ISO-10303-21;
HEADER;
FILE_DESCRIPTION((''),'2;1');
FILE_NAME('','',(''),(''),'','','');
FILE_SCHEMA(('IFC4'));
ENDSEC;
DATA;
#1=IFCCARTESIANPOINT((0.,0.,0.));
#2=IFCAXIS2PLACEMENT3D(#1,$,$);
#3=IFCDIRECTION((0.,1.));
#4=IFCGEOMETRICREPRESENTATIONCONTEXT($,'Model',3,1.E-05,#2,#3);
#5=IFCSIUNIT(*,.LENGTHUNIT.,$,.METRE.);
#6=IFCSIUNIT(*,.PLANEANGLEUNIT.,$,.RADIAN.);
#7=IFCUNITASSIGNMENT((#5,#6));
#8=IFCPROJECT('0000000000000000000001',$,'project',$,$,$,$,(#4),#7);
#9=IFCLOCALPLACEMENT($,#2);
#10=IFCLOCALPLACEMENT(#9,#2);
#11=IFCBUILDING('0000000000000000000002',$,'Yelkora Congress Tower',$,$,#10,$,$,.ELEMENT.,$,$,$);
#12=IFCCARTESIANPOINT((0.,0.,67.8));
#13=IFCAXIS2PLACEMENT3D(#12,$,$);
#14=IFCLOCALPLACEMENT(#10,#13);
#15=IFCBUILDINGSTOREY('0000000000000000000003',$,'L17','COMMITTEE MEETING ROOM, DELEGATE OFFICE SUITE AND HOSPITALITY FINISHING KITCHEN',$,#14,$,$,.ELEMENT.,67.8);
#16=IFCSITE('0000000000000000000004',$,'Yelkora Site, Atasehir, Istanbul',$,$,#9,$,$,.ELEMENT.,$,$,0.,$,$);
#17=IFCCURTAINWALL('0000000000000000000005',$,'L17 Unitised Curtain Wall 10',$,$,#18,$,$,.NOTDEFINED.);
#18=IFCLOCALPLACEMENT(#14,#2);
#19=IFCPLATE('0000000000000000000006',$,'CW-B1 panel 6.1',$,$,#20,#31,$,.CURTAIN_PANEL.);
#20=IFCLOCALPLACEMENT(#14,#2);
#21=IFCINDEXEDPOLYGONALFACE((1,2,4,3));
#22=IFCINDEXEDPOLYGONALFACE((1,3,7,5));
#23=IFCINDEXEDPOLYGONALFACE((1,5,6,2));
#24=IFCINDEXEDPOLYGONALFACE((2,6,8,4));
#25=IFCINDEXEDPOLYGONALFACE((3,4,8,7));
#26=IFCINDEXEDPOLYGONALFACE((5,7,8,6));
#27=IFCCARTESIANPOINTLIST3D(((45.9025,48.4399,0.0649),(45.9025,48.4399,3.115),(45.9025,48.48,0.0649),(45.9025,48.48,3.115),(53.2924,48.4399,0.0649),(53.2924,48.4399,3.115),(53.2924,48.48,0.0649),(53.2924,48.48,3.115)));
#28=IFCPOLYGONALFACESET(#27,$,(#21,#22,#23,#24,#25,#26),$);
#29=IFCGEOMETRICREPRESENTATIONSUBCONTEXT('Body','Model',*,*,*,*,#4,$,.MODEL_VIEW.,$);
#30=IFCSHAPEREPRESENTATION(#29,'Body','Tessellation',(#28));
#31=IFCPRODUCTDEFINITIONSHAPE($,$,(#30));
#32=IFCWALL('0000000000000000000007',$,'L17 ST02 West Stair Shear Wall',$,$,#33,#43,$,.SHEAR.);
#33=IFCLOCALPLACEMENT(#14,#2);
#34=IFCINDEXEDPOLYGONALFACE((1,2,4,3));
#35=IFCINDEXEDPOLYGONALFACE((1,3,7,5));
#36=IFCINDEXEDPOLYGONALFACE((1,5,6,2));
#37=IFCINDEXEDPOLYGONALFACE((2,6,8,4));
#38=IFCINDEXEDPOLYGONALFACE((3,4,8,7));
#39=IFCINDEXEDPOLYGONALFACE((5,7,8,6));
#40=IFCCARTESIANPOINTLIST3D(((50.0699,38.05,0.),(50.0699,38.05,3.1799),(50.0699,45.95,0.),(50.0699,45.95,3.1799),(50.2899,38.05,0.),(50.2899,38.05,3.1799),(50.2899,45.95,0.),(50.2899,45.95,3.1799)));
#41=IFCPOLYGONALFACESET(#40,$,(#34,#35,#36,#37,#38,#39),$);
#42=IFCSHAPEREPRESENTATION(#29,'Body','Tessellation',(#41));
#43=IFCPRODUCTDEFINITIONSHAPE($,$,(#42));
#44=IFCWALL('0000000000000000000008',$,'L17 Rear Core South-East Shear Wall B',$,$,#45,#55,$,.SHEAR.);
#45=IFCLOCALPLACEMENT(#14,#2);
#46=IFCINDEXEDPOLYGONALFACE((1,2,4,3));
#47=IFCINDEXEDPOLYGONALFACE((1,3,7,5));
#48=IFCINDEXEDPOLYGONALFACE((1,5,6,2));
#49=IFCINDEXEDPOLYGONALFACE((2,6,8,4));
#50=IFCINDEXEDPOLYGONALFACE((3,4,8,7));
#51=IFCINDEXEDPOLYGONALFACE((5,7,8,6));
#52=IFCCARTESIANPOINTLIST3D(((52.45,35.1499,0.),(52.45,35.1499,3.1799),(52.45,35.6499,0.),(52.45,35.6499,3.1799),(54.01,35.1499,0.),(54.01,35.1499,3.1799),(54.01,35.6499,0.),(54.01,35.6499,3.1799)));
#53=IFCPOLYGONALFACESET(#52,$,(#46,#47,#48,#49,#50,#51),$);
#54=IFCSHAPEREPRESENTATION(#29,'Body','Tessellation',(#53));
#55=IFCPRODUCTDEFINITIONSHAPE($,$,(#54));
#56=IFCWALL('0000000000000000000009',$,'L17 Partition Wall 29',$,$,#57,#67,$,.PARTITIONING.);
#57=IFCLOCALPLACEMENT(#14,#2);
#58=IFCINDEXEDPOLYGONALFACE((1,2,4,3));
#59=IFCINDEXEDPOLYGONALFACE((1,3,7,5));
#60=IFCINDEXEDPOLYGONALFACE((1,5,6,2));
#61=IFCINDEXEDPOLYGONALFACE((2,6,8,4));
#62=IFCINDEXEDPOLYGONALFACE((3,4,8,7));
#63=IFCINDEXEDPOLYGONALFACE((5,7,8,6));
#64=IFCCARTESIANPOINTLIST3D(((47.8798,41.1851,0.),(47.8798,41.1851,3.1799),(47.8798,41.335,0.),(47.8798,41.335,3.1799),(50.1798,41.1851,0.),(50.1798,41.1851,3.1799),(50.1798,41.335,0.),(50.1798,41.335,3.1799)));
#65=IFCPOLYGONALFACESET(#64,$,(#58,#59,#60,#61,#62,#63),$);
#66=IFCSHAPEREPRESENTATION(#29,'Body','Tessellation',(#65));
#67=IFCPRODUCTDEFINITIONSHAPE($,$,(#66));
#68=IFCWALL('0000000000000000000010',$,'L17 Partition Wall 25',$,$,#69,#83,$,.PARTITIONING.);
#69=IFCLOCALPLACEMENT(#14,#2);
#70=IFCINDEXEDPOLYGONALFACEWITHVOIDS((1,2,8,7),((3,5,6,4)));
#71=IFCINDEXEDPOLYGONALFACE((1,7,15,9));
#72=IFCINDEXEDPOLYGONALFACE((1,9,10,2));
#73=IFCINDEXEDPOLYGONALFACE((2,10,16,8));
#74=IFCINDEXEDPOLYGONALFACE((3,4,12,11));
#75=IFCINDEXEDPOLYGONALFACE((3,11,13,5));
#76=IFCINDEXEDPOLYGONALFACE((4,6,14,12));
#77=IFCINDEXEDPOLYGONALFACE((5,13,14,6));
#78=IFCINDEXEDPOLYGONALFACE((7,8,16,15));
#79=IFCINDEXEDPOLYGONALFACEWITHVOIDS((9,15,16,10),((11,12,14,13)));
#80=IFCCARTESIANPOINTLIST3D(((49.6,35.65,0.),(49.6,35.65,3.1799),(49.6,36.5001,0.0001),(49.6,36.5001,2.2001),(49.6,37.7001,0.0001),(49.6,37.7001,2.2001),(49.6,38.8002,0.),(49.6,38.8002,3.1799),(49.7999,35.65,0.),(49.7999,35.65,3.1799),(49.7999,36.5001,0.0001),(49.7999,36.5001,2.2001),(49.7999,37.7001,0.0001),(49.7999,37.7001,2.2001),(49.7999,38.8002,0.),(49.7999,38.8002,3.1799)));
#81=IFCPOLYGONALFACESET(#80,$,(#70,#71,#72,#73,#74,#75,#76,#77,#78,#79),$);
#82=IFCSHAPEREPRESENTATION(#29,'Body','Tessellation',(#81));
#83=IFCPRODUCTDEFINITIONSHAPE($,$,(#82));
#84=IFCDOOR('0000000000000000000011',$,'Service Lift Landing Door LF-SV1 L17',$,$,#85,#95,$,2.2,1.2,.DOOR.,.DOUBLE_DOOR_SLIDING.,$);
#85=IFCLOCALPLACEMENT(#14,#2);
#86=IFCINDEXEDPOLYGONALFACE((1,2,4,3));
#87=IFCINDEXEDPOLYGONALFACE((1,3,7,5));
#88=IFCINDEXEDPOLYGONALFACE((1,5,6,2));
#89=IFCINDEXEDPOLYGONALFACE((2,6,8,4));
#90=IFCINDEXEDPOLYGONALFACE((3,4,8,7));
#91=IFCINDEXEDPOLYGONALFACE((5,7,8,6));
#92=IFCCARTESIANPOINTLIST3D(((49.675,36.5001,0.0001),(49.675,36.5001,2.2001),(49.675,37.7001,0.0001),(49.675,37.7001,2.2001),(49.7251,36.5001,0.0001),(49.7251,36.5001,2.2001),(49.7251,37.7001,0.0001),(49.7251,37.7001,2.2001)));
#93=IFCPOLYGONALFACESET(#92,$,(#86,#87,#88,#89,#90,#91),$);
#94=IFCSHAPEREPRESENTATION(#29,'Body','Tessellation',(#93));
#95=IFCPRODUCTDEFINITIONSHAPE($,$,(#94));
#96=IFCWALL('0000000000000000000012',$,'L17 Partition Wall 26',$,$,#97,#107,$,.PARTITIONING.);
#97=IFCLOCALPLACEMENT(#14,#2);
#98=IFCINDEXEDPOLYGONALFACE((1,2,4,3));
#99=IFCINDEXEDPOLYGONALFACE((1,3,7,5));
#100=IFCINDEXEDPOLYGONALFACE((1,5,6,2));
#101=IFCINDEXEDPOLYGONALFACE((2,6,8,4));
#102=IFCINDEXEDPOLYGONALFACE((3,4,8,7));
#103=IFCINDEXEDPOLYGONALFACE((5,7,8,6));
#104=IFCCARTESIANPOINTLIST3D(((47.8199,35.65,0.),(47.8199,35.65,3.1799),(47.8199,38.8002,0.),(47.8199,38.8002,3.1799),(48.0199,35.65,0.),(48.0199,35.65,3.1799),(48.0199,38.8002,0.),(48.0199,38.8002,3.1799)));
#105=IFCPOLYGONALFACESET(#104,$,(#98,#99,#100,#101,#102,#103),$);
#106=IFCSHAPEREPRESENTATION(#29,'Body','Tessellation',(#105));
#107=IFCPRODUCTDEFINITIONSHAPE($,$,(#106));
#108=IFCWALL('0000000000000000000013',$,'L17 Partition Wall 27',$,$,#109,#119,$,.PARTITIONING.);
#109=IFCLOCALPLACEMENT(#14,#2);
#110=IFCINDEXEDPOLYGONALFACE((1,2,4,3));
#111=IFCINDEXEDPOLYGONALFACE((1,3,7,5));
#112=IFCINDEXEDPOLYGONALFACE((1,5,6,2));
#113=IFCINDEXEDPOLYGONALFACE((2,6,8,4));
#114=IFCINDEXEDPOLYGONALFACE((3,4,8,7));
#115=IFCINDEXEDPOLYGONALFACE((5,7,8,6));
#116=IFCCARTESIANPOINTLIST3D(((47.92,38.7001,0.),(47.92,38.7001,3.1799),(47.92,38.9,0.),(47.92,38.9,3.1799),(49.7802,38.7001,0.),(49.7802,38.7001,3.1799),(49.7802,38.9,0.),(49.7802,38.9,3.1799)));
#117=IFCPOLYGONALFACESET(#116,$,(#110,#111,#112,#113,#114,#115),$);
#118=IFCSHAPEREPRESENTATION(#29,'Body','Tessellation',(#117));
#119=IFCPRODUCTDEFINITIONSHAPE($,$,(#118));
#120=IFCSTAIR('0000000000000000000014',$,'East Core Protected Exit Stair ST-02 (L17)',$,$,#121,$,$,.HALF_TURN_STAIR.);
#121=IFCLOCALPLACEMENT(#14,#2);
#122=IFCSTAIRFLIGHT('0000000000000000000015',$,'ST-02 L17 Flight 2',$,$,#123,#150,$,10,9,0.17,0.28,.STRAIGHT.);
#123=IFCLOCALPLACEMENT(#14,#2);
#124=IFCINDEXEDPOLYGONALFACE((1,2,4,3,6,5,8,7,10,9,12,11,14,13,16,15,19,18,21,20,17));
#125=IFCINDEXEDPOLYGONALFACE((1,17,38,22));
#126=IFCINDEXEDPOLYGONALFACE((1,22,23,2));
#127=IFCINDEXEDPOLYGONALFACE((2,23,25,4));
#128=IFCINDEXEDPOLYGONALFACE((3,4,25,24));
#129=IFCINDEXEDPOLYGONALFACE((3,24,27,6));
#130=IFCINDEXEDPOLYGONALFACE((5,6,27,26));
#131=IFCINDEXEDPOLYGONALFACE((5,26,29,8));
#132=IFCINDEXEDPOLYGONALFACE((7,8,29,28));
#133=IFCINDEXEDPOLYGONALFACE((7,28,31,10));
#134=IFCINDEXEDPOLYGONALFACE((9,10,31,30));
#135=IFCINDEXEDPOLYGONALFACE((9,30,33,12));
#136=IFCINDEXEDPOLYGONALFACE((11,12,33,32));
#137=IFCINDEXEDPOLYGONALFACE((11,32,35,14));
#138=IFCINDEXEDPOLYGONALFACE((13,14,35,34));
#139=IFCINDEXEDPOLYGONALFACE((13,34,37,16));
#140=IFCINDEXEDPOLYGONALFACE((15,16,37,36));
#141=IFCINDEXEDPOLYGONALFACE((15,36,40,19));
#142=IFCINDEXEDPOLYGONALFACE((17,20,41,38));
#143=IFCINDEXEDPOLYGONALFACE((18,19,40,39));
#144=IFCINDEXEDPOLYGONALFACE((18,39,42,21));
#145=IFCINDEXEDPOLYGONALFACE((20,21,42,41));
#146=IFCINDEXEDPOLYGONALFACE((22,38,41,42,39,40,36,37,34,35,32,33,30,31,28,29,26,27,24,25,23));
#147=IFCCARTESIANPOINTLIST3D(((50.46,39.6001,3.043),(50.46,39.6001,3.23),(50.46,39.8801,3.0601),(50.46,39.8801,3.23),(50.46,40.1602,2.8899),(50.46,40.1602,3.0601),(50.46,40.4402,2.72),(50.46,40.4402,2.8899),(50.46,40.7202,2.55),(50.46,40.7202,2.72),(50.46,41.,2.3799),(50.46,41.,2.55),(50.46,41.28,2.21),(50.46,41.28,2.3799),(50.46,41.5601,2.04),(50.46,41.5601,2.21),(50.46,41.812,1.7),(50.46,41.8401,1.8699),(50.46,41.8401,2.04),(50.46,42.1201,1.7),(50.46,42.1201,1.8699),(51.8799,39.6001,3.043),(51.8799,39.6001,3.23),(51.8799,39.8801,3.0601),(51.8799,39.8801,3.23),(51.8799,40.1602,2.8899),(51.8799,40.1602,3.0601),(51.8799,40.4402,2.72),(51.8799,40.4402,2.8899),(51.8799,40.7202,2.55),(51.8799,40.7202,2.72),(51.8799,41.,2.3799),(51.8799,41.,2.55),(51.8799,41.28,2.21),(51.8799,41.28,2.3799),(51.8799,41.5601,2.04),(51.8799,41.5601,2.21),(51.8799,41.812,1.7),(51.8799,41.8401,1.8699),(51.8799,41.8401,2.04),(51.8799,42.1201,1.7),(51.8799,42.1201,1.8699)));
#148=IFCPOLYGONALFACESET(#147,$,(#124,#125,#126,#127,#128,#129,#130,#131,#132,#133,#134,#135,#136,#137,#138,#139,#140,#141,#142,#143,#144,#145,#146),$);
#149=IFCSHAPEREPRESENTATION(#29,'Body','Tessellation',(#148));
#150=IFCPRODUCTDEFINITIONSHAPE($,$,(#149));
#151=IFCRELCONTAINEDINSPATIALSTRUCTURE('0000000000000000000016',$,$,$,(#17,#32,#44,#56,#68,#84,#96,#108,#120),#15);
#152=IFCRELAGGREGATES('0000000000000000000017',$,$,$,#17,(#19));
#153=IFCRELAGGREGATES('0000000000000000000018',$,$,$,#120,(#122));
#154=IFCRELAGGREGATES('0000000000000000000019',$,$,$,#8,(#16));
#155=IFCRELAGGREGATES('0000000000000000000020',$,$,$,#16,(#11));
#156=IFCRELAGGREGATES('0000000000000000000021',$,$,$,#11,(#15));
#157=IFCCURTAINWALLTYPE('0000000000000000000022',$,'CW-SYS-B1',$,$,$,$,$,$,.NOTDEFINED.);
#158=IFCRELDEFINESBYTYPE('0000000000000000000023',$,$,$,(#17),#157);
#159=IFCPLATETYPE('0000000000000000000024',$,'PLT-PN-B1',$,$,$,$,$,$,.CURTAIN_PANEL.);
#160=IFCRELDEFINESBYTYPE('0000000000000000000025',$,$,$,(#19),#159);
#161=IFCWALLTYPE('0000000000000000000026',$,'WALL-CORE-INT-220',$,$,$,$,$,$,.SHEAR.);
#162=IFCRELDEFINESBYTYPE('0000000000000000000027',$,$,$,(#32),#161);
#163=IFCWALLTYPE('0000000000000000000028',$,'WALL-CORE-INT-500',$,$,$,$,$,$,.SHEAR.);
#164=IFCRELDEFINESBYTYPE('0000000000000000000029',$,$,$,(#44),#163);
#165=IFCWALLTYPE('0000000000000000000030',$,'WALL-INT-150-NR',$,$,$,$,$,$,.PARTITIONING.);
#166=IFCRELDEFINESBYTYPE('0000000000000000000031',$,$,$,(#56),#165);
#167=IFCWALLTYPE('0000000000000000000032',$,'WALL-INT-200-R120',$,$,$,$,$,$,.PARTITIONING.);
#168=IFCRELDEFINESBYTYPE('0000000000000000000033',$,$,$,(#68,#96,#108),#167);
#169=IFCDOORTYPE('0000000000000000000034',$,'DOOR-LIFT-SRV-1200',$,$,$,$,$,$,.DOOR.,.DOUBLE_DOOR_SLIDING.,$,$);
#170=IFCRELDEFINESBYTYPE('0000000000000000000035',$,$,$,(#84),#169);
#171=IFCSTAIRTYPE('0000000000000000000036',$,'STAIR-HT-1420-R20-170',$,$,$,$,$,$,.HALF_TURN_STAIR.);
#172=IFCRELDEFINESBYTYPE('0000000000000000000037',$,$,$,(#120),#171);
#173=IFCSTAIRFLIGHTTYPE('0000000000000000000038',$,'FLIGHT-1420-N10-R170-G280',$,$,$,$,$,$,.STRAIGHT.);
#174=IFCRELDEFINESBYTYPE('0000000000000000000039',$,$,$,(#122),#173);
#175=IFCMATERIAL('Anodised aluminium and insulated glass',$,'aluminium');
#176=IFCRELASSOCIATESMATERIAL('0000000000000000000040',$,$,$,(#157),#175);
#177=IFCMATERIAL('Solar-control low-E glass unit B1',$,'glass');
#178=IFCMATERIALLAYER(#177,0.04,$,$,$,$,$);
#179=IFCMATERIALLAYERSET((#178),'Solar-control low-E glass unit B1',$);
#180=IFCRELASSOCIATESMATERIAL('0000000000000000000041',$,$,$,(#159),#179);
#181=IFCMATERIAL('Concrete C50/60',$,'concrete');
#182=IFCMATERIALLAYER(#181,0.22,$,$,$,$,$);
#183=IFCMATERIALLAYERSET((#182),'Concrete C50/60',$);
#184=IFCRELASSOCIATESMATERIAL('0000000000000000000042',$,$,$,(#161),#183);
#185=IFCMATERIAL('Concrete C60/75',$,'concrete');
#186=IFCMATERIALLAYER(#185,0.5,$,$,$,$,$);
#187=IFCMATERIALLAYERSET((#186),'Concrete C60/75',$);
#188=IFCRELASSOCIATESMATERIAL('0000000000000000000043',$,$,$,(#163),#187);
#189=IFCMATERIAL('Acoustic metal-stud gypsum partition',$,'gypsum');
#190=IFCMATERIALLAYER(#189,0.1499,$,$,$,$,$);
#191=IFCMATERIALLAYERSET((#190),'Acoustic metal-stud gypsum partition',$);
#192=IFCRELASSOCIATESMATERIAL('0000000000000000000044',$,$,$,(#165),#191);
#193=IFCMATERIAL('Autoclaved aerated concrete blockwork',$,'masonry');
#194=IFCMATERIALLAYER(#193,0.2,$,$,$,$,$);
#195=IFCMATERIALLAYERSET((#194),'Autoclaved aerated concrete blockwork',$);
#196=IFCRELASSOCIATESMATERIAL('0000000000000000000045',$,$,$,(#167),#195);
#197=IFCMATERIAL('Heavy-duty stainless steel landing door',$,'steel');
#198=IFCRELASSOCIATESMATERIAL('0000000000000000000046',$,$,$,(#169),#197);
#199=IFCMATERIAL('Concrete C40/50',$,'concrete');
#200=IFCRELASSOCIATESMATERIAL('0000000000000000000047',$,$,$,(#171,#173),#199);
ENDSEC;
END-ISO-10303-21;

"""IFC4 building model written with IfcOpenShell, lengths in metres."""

from ifc_helpers import new_model, si_unit, direction, frame, frame_2d, origin, origin_2d, place, context, subcontext, project, spatial, polyline, rectangle, outline, extrude, material, layer, layer_set, type_object, element, fill, aggregate, save


model = new_model("IFC4")

# Units and contexts
model_context = context("Model", 3, precision=1e-05, world=origin(), true_north=direction((0.0, 1.0)))
body_context = subcontext(model_context, "Body", "Model", "MODEL_VIEW")
ifc_project = project(units=[si_unit("LENGTHUNIT", "METRE"), si_unit("PLANEANGLEUNIT", "RADIAN")], contexts=[model_context])

# Site, building, storey
site_placement = place(None, origin())
site = spatial("IfcSite", under=ifc_project, at=site_placement, Name="Yelkora Site, Atasehir, Istanbul", CompositionType="ELEMENT", RefElevation=0.0)
building_placement = place(site_placement, origin())
building = spatial("IfcBuilding", under=site, at=building_placement, Name="Yelkora Congress Tower", CompositionType="ELEMENT")
storey_placement = place(building_placement, frame((0.0, 0.0, 67.8)))
storey = spatial("IfcBuildingStorey", under=building, at=storey_placement, Name="L17", Description="COMMITTEE MEETING ROOM, DELEGATE OFFICE SUITE AND HOSPITALITY FINISHING KITCHEN", CompositionType="ELEMENT", Elevation=67.8)

# Curtain wall, plate
ifc_material_1 = material(Name="Anodised aluminium and insulated glass", Category="aluminium")
curtain_wall_type = type_object("IfcCurtainWallType", Name="CW-SYS-B1", PredefinedType="NOTDEFINED", material=ifc_material_1)
curtain_wall_placement = place(storey_placement, origin())
curtain_wall = element("IfcCurtainWall", 1, at=curtain_wall_placement, inside=storey, type_object=curtain_wall_type, Name="L17 Unitised Curtain Wall 10", PredefinedType="NOTDEFINED")
ifc_material_2 = material(Name="Solar-control low-E glass unit B1", Category="glass")
ifc_layer_1 = layer(ifc_material_2, 0.04)
ifc_layer_set_1 = layer_set([ifc_layer_1], Name="Solar-control low-E glass unit B1")
plate_type = type_object("IfcPlateType", Name="PLT-PN-B1", PredefinedType="CURTAIN_PANEL", material=ifc_layer_set_1)
plate_placement = place(storey_placement, frame((49.5974, 48.46, 0.0649), z_axis=(0.0, 0.0, 1.0), x_axis=(1.0, 0.0, 0.0)))
plate = element("IfcPlate", 2, at=plate_placement, type_object=plate_type, Name="CW-B1 panel 6.1", PredefinedType="CURTAIN_PANEL", context=body_context, shape_type="SweptSolid", body=[
    extrude(rectangle(XDim=7.3899, YDim=0.04, at=origin_2d()), origin(), (0.0, 0.0, 1.0), 3.05),
])
aggregate(curtain_wall, [plate])

# Walls
ifc_material_3 = material(Name="Concrete C50/60", Category="concrete")
ifc_layer_2 = layer(ifc_material_3, 0.22)
ifc_layer_set_2 = layer_set([ifc_layer_2], Name="Concrete C50/60")
wall_type_1 = type_object("IfcWallType", Name="WALL-CORE-INT-220", PredefinedType="SHEAR", material=ifc_layer_set_2)
wall_1_placement = place(storey_placement, frame((50.1799, 38.05, 0.0), z_axis=(0.0, 0.0, 1.0), x_axis=(0.0, 1.0, 0.0)))
element("IfcWall", 3, at=wall_1_placement, inside=storey, type_object=wall_type_1, Name="L17 ST02 West Stair Shear Wall", PredefinedType="SHEAR", context=body_context, shape_type="SweptSolid", body=[
    extrude(rectangle(XDim=7.8999, YDim=0.22, at=frame_2d((3.95, 0.0))), origin(), (0.0, 0.0, 1.0), 3.1799),
])
ifc_material_4 = material(Name="Concrete C60/75", Category="concrete")
ifc_layer_3 = layer(ifc_material_4, 0.5)
ifc_layer_set_3 = layer_set([ifc_layer_3], Name="Concrete C60/75")
wall_type_2 = type_object("IfcWallType", Name="WALL-CORE-INT-500", PredefinedType="SHEAR", material=ifc_layer_set_3)
wall_2_placement = place(storey_placement, frame((52.45, 35.3999, 0.0), z_axis=(0.0, 0.0, 1.0), x_axis=(1.0, 0.0, 0.0)))
element("IfcWall", 4, at=wall_2_placement, inside=storey, type_object=wall_type_2, Name="L17 Rear Core South-East Shear Wall B", PredefinedType="SHEAR", context=body_context, shape_type="SweptSolid", body=[
    extrude(rectangle(XDim=1.5601, YDim=0.5, at=frame_2d((0.78, 0.0))), origin(), (0.0, 0.0, 1.0), 3.1799),
])
ifc_material_5 = material(Name="Acoustic metal-stud gypsum partition", Category="gypsum")
ifc_layer_4 = layer(ifc_material_5, 0.1499)
ifc_layer_set_4 = layer_set([ifc_layer_4], Name="Acoustic metal-stud gypsum partition")
wall_type_3 = type_object("IfcWallType", Name="WALL-INT-150-NR", PredefinedType="PARTITIONING", material=ifc_layer_set_4)
wall_3_placement = place(storey_placement, frame((47.8799, 41.26, 0.0), z_axis=(0.0, 0.0, 1.0), x_axis=(1.0, 0.0, 0.0)))
element("IfcWall", 5, at=wall_3_placement, inside=storey, type_object=wall_type_3, Name="L17 Partition Wall 29", PredefinedType="PARTITIONING", context=body_context, shape_type="SweptSolid", body=[
    extrude(rectangle(XDim=2.3, YDim=0.1499, at=frame_2d((1.1499, 0.0))), origin(), (0.0, 0.0, 1.0), 3.1799),
])

# Wall, opening, door
ifc_material_6 = material(Name="Autoclaved aerated concrete blockwork", Category="masonry")
ifc_layer_5 = layer(ifc_material_6, 0.2)
ifc_layer_set_5 = layer_set([ifc_layer_5], Name="Autoclaved aerated concrete blockwork")
wall_type_4 = type_object("IfcWallType", Name="WALL-INT-200-R120", PredefinedType="PARTITIONING", material=ifc_layer_set_5)
wall_4_placement = place(storey_placement, frame((49.7, 35.6499, 0.0), z_axis=(0.0, 0.0, 1.0), x_axis=(0.0, 1.0, 0.0)))
wall_4 = element("IfcWall", 6, at=wall_4_placement, inside=storey, type_object=wall_type_4, Name="L17 Partition Wall 25", PredefinedType="PARTITIONING", context=body_context, shape_type="SweptSolid", body=[
    extrude(rectangle(XDim=3.1501, YDim=0.2, at=frame_2d((1.5752, 0.0))), origin(), (0.0, 0.0, 1.0), 3.1799),
])
opening_1_placement = place(wall_4_placement, frame((0.8501, 0.0, 0.0)))
opening_1 = element("IfcOpeningElement", 7, at=opening_1_placement, cuts=wall_4, PredefinedType="OPENING", context=body_context, shape_type="SweptSolid", body=[
    extrude(rectangle(XDim=1.2, YDim=2.2, at=frame_2d((0.6001, 1.1001))), frame((0.0, 0.1099, 0.0), z_axis=(0.0, -1.0, 0.0), x_axis=(1.0, 0.0, 0.0)), (0.0, 0.0, 1.0), 0.22),
])
ifc_material_7 = material(Name="Heavy-duty stainless steel landing door", Category="steel")
door_type_1 = type_object("IfcDoorType", Name="DOOR-LIFT-SRV-1200", OperationType="DOUBLE_DOOR_SLIDING", PredefinedType="DOOR", material=ifc_material_7)
door_1_placement = place(opening_1_placement, origin())
door_1 = element("IfcDoor", 8, at=door_1_placement, inside=storey, type_object=door_type_1, Name="Service Lift Landing Door LF-SV1 L17", OperationType="DOUBLE_DOOR_SLIDING", OverallHeight=2.2, OverallWidth=1.2, PredefinedType="DOOR", context=body_context, shape_type="SweptSolid", body=[
    extrude(rectangle(XDim=1.2, YDim=2.2, at=frame_2d((0.6001, 1.1001))), frame((0.0, 0.0249, 0.0), z_axis=(0.0, -1.0, 0.0), x_axis=(1.0, 0.0, 0.0)), (0.0, 0.0, 1.0), 0.05),
])
fill(opening_1, door_1)

# Walls
wall_5_placement = place(storey_placement, frame((47.9199, 35.6499, 0.0), z_axis=(0.0, 0.0, 1.0), x_axis=(0.0, 1.0, 0.0)))
element("IfcWall", 9, at=wall_5_placement, inside=storey, type_object=wall_type_4, Name="L17 Partition Wall 26", PredefinedType="PARTITIONING", context=body_context, shape_type="SweptSolid", body=[
    extrude(rectangle(XDim=3.1501, YDim=0.2, at=frame_2d((1.5752, 0.0))), origin(), (0.0, 0.0, 1.0), 3.1799),
])
wall_6_placement = place(storey_placement, frame((47.9199, 38.8, 0.0), z_axis=(0.0, 0.0, 1.0), x_axis=(1.0, 0.0, 0.0)))
element("IfcWall", 10, at=wall_6_placement, inside=storey, type_object=wall_type_4, Name="L17 Partition Wall 27", PredefinedType="PARTITIONING", context=body_context, shape_type="SweptSolid", body=[
    extrude(rectangle(XDim=1.8601, YDim=0.2, at=frame_2d((0.9302, 0.0))), origin(), (0.0, 0.0, 1.0), 3.1799),
])

# Stair, stair flight
ifc_material_8 = material(Name="Concrete C40/50", Category="concrete")
stair_type = type_object("IfcStairType", Name="STAIR-HT-1420-R20-170", PredefinedType="HALF_TURN_STAIR", material=ifc_material_8)
stair_placement = place(storey_placement, origin())
stair = element("IfcStair", 11, at=stair_placement, inside=storey, type_object=stair_type, Name="East Core Protected Exit Stair ST-02 (L17)", PredefinedType="HALF_TURN_STAIR")
stair_flight_type = type_object("IfcStairFlightType", Name="FLIGHT-1420-N10-R170-G280", PredefinedType="STRAIGHT", material=ifc_material_8)
stair_flight_placement = place(storey_placement, frame((51.1699, 42.1201, 1.7), z_axis=(0.0, 0.0, 1.0), x_axis=(0.0, -1.0, 0.0)))
stair_flight = element("IfcStairFlight", 12, at=stair_flight_placement, type_object=stair_flight_type, Name="ST-02 L17 Flight 2", NumberOfRisers=10, NumberOfTreads=9, PredefinedType="STRAIGHT", RiserHeight=0.17, TreadLength=0.28, context=body_context, shape_type="SweptSolid", body=[
    extrude(outline(polyline([(0.0, 0.0), (0.0, 0.1699), (0.28, 0.1699), (0.28, 0.3401), (0.5601, 0.3401), (0.5601, 0.51), (0.8401, 0.51), (0.8401, 0.6799), (1.1201, 0.6799), (1.1201, 0.8501), (1.3999, 0.8501), (1.3999, 1.02), (1.6799, 1.02), (1.6799, 1.1899), (1.96, 1.1899), (1.96, 1.3601), (2.24, 1.3601), (2.24, 1.53), (2.52, 1.53), (2.52, 1.7), (2.52, 1.343), (0.3081, 0.0), (0.0, 0.0)])), frame((0.0, 0.71, 0.0), z_axis=(0.0, -1.0, 0.0), x_axis=(1.0, 0.0, 0.0)), (0.0, 0.0, 1.0), 1.4199),
])
aggregate(stair, [stair_flight])

save(model, "model.ifc")
